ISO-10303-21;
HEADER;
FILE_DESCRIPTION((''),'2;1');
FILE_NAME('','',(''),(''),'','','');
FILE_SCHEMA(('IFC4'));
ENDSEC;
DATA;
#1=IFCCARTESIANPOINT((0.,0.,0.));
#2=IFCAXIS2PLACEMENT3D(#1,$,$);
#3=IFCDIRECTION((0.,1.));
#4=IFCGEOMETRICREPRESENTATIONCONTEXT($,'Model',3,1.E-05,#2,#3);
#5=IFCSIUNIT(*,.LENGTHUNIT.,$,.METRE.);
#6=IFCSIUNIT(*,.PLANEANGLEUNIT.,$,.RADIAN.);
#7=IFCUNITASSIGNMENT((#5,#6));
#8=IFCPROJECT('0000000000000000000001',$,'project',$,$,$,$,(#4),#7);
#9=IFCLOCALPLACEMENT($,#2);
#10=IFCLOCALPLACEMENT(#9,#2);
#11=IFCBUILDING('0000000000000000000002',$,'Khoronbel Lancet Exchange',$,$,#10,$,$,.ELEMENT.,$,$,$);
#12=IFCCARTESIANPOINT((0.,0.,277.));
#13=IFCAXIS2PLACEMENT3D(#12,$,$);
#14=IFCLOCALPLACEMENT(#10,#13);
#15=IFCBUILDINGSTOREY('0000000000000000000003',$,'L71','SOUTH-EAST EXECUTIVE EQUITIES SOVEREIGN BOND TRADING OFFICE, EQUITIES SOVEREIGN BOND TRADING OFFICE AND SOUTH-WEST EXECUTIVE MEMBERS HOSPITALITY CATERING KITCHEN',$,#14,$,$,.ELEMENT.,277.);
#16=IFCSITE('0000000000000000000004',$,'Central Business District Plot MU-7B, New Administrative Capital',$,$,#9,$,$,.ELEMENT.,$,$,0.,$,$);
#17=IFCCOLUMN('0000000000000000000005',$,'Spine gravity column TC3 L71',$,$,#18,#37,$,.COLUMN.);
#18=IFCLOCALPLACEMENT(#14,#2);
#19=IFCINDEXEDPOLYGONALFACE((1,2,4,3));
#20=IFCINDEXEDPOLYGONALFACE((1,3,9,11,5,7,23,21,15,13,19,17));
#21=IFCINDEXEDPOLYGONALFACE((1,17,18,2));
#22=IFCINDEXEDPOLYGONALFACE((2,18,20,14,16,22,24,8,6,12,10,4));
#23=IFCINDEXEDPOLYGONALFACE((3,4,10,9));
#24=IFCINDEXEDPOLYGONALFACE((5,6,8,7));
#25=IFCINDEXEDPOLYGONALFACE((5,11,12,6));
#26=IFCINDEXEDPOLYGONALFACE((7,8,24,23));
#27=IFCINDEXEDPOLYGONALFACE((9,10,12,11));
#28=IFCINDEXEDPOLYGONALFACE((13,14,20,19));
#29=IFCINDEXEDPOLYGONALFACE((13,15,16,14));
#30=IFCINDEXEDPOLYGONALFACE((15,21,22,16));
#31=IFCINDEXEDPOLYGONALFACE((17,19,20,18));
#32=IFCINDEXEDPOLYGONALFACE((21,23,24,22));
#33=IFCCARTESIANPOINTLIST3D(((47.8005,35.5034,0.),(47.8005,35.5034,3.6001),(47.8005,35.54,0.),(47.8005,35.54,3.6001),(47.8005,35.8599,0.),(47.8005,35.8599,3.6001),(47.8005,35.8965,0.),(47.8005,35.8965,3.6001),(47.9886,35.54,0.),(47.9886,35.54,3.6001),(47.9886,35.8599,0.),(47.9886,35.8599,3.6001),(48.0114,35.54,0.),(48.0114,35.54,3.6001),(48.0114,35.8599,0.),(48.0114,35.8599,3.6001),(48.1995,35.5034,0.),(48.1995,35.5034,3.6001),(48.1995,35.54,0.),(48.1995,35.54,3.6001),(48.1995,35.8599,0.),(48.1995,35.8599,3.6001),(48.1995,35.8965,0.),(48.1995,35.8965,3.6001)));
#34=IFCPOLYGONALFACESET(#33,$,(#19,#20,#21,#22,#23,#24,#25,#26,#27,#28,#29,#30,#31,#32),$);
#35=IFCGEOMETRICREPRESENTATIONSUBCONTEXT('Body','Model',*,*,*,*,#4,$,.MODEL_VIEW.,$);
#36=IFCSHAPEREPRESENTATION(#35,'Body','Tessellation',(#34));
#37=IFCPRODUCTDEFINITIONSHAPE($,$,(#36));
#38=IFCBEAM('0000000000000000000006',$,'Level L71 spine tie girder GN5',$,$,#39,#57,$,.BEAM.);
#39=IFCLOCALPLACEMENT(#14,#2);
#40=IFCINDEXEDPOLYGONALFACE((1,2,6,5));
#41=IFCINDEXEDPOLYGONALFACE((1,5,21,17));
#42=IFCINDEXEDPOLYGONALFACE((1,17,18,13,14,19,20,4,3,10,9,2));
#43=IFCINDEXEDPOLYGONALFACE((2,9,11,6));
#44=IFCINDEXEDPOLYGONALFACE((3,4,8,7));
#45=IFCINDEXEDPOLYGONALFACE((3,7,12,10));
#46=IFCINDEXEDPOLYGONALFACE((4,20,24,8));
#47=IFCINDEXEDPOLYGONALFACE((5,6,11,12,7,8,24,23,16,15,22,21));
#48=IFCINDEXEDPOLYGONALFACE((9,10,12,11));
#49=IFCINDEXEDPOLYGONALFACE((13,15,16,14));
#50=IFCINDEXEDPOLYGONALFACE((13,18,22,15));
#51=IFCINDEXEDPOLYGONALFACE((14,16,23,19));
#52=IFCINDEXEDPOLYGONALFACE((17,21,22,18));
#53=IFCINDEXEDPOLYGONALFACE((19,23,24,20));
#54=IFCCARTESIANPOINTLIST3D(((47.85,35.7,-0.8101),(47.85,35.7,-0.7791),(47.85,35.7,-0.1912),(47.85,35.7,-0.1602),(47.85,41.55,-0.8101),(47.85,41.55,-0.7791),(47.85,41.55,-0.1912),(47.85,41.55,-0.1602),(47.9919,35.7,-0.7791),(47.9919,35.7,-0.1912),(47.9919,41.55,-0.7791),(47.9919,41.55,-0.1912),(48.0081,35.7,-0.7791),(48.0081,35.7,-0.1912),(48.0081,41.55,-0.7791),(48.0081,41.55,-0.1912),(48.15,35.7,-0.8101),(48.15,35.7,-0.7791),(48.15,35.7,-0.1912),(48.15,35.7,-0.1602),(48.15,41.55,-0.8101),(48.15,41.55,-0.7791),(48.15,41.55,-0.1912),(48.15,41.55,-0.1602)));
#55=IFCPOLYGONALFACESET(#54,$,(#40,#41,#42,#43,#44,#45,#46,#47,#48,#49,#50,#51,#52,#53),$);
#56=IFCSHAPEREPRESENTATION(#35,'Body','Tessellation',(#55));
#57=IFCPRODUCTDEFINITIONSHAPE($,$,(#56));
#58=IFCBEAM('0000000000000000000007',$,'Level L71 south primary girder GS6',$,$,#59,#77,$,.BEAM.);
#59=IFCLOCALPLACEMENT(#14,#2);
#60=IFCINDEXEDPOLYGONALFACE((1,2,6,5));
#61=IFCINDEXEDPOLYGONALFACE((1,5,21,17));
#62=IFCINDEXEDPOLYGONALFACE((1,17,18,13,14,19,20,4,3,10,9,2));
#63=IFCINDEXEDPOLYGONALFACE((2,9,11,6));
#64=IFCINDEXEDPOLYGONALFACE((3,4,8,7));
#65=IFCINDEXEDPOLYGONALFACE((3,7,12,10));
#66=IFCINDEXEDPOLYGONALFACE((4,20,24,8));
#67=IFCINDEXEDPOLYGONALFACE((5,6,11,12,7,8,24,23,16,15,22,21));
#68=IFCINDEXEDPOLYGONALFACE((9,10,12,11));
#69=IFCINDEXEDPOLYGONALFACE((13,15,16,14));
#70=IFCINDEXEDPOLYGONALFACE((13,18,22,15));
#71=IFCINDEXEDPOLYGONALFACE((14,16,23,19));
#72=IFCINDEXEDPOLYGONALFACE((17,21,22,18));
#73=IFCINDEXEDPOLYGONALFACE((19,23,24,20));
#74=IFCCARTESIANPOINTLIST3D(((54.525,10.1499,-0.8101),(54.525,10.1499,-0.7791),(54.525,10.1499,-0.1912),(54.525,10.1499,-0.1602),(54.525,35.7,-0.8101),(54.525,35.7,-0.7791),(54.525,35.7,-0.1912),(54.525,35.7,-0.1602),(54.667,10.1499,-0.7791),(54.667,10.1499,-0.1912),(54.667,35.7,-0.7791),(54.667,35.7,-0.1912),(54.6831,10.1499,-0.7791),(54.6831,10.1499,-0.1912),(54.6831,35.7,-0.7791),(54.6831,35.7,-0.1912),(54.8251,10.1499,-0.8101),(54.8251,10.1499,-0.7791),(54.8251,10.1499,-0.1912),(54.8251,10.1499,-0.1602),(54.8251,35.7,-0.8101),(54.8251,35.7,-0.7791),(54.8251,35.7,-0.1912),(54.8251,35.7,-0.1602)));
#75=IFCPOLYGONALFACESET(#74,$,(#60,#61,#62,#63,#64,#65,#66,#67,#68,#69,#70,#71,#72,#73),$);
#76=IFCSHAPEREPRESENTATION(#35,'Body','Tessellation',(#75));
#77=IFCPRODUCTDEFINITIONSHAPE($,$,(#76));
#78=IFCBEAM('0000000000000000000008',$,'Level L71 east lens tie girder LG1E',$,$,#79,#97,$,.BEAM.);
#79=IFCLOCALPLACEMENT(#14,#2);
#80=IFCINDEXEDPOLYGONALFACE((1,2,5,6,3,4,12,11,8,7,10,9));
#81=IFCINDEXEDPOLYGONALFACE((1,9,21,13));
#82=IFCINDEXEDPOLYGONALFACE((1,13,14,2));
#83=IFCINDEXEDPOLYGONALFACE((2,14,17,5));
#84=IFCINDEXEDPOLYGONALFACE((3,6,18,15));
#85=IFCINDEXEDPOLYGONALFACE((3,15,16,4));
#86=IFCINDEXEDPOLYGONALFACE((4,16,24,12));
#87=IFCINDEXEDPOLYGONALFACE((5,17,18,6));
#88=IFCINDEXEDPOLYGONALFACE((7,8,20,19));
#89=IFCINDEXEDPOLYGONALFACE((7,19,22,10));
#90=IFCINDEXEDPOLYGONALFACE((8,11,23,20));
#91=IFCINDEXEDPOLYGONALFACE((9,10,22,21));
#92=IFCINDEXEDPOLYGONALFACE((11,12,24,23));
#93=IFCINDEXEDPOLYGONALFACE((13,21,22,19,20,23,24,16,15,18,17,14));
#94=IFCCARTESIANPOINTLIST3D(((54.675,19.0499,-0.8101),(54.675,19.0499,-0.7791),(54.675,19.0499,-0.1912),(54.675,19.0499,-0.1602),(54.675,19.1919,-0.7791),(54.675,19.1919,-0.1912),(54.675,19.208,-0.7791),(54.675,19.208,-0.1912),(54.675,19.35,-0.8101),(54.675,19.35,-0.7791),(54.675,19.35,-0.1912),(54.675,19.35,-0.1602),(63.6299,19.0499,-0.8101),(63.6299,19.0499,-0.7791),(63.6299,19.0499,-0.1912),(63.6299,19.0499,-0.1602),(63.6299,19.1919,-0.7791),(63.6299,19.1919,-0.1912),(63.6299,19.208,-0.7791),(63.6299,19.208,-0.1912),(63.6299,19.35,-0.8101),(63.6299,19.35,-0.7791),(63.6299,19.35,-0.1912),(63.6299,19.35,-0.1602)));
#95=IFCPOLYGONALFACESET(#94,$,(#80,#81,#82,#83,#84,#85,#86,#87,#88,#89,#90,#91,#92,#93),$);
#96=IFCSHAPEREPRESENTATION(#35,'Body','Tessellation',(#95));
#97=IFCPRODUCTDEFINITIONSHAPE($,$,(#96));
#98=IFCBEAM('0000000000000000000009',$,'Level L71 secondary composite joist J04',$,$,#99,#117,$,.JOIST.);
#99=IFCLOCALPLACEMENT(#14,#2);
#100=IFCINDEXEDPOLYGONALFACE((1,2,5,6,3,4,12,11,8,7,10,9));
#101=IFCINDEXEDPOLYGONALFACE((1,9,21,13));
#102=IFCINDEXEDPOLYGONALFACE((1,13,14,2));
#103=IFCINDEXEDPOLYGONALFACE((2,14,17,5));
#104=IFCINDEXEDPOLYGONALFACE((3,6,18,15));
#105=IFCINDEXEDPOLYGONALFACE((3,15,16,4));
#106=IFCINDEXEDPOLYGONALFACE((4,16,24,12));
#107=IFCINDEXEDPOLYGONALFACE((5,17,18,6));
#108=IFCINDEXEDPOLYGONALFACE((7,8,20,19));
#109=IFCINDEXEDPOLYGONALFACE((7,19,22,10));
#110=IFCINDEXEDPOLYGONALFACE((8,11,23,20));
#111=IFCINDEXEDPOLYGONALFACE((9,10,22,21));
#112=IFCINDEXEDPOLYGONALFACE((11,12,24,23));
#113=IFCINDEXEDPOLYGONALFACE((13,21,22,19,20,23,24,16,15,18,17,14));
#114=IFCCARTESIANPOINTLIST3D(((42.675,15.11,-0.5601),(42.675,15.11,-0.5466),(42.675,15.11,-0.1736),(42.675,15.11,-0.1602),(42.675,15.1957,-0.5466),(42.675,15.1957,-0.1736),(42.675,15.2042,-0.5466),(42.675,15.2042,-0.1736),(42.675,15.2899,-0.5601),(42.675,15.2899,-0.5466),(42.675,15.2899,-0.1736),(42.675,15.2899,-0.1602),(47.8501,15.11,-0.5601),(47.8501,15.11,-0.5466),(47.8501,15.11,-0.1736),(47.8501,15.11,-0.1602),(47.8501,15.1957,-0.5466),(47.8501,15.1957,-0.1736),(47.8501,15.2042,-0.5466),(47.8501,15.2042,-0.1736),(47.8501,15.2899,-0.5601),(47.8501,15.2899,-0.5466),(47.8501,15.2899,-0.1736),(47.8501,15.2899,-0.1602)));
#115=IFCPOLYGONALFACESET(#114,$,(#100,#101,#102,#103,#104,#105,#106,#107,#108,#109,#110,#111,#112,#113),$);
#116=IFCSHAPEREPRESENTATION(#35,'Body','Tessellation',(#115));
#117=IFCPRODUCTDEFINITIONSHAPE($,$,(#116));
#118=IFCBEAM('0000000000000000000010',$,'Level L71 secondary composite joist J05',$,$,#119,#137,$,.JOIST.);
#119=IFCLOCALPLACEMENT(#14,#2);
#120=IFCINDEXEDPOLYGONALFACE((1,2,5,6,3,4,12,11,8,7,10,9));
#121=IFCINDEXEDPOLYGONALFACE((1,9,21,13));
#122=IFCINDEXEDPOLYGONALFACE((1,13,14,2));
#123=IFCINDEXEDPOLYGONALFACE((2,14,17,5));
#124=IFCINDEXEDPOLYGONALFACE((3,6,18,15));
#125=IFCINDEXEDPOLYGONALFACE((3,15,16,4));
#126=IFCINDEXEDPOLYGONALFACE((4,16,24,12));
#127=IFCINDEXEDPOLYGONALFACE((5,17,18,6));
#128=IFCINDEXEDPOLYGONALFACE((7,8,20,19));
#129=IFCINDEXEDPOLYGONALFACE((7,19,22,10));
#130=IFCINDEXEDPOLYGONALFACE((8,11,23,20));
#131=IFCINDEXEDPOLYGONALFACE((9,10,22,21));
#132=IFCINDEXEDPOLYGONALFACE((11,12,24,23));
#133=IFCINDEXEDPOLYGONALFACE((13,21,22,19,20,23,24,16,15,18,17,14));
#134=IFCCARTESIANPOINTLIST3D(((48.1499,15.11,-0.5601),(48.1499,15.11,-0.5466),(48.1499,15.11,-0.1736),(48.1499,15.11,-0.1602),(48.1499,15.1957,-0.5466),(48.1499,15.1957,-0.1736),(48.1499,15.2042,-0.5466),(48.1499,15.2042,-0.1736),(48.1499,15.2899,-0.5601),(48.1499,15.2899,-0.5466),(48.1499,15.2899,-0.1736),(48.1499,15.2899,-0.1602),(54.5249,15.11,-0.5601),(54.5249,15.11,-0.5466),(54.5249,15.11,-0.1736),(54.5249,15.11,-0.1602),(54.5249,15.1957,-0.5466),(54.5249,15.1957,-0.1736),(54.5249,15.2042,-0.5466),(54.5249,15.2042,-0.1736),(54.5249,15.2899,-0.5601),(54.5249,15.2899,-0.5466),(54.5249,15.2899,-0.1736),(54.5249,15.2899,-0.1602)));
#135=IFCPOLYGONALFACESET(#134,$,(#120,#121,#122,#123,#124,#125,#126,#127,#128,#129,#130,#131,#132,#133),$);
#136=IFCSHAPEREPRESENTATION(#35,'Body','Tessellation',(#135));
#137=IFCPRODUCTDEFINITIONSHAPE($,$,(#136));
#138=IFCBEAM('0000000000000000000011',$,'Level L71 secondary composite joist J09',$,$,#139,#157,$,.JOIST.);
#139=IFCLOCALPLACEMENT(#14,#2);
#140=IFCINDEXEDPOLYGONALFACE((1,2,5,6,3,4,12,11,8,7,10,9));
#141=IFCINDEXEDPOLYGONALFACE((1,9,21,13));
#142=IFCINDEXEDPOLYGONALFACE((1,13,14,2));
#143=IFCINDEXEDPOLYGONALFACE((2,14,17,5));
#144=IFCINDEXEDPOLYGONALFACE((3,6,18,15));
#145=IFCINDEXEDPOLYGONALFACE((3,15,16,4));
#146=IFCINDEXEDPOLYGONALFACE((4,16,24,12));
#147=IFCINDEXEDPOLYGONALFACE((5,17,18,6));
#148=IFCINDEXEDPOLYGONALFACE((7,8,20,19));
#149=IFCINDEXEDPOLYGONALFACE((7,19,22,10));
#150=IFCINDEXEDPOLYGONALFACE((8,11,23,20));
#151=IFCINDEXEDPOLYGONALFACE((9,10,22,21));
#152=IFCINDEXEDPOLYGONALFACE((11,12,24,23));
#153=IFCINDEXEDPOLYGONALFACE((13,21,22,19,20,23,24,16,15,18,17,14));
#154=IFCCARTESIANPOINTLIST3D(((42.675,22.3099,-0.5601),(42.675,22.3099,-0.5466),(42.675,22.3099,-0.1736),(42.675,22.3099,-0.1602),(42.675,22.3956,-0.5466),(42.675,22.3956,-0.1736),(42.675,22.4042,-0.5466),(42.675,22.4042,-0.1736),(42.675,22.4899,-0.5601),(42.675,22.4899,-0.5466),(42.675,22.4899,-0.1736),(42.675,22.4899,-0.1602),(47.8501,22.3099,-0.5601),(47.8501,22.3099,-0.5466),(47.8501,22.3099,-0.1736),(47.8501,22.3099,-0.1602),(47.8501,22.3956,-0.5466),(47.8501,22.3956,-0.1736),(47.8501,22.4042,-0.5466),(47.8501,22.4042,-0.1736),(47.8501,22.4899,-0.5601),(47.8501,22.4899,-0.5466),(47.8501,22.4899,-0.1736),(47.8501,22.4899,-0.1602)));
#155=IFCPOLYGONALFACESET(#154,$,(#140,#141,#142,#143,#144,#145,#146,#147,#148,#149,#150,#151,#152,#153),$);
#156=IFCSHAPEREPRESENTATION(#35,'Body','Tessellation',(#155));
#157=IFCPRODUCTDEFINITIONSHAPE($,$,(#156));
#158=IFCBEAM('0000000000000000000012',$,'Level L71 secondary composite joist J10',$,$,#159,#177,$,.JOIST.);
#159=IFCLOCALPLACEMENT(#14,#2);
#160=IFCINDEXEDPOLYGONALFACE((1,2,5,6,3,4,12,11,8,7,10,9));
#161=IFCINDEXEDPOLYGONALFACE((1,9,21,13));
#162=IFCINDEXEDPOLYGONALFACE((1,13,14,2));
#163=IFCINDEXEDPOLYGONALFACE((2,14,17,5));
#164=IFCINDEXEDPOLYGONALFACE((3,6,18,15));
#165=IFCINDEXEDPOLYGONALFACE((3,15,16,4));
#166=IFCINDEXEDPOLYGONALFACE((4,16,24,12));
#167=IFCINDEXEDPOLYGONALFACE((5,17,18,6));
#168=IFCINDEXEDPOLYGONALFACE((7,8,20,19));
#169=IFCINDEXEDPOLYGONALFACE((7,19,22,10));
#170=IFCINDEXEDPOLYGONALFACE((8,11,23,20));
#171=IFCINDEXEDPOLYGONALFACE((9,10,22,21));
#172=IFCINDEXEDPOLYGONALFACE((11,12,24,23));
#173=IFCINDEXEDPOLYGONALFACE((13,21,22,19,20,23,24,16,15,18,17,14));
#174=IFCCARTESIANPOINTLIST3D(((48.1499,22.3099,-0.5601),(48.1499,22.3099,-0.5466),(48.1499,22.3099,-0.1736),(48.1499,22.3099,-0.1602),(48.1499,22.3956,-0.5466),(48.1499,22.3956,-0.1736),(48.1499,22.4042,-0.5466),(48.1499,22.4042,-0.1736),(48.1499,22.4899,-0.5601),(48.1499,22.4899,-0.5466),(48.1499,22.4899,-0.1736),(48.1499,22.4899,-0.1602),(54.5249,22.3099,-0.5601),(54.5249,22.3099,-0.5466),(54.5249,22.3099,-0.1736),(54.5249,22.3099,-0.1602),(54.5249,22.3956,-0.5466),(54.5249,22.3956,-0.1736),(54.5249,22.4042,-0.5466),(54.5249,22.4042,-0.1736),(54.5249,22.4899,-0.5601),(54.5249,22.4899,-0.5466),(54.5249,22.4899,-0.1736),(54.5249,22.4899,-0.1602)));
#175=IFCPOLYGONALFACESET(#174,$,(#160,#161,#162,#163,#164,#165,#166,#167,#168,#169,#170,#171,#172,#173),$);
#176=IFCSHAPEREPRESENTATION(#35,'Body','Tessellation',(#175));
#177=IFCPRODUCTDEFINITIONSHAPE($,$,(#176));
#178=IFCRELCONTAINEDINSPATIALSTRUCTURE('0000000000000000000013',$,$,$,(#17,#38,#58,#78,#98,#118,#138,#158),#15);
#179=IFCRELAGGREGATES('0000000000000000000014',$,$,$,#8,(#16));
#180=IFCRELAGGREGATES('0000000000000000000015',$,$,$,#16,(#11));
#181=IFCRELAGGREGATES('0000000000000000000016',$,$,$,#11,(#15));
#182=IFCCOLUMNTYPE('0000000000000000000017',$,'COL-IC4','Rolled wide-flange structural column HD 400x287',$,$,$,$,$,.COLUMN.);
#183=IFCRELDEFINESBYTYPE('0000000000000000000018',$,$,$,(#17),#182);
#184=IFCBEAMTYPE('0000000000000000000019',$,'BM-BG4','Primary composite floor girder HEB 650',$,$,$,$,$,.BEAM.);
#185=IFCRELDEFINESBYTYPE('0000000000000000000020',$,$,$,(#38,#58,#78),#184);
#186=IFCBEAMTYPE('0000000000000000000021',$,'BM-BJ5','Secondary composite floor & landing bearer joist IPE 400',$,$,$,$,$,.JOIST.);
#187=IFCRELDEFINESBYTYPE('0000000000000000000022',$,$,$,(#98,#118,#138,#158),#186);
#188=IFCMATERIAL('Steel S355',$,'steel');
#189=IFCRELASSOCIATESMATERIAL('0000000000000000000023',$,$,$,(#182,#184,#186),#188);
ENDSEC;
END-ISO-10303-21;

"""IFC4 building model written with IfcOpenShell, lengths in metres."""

from ifc_helpers import new_model, si_unit, direction, frame, origin, origin_2d, place, context, subcontext, project, spatial, i_section, extrude, material, material_profile, profile_set, type_object, element, save


model = new_model("IFC4")

# Units and contexts
model_context = context("Model", 3, precision=1e-05, world=origin(), true_north=direction((0.0, 1.0)))
body_context = subcontext(model_context, "Body", "Model", "MODEL_VIEW")
ifc_project = project(units=[si_unit("LENGTHUNIT", "METRE"), si_unit("PLANEANGLEUNIT", "RADIAN")], contexts=[model_context])

# Site, building, storey
site_placement = place(None, origin())
site = spatial("IfcSite", under=ifc_project, at=site_placement, Name="Central Business District Plot MU-7B, New Administrative Capital", CompositionType="ELEMENT", RefElevation=0.0)
building_placement = place(site_placement, origin())
building = spatial("IfcBuilding", under=site, at=building_placement, Name="Khoronbel Lancet Exchange", CompositionType="ELEMENT")
storey_placement = place(building_placement, frame((0.0, 0.0, 277.0)))
storey = spatial("IfcBuildingStorey", under=building, at=storey_placement, Name="L71", Description="SOUTH-EAST EXECUTIVE EQUITIES SOVEREIGN BOND TRADING OFFICE, EQUITIES SOVEREIGN BOND TRADING OFFICE AND SOUTH-WEST EXECUTIVE MEMBERS HOSPITALITY CATERING KITCHEN", CompositionType="ELEMENT", Elevation=277.0)

# Column
ifc_material_1 = material(Name="Steel S355", Category="steel")
ifc_material_profile_1 = material_profile(ifc_material_1, i_section(OverallWidth=0.3989, OverallDepth=0.3931, WebThickness=0.0227, FlangeThickness=0.0366, at=origin_2d()), Name="HD 400x287")
ifc_profile_set_1 = profile_set([ifc_material_profile_1], Name="Steel S355")
column_type = type_object("IfcColumnType", Name="COL-IC4", Description="Rolled wide-flange structural column HD 400x287", PredefinedType="COLUMN", material=ifc_profile_set_1)
column_placement = place(storey_placement, frame((48.0, 35.7, 0.0), z_axis=(0.0, 0.0, 1.0), x_axis=(1.0, 0.0, 0.0)))
element("IfcColumn", 1, at=column_placement, inside=storey, type_object=column_type, Name="Spine gravity column TC3 L71", PredefinedType="COLUMN", context=body_context, shape_type="SweptSolid", body=[
    extrude(i_section(OverallWidth=0.3989, OverallDepth=0.3931, WebThickness=0.0227, FlangeThickness=0.0366, at=origin_2d()), origin(), (0.0, 0.0, 1.0), 3.6001),
])

# Beams
ifc_material_profile_2 = material_profile(ifc_material_1, i_section(OverallWidth=0.3, OverallDepth=0.6499, WebThickness=0.0161, FlangeThickness=0.031, at=origin_2d()), Name="HEB 650")
ifc_profile_set_2 = profile_set([ifc_material_profile_2], Name="Steel S355")
beam_type_1 = type_object("IfcBeamType", Name="BM-BG4", Description="Primary composite floor girder HEB 650", PredefinedType="BEAM", material=ifc_profile_set_2)
beam_1_placement = place(storey_placement, frame((48.0, 35.7, -0.4851), z_axis=(0.0, 1.0, 0.0), x_axis=(-1.0, 0.0, 0.0)))
element("IfcBeam", 2, at=beam_1_placement, inside=storey, type_object=beam_type_1, Name="Level L71 spine tie girder GN5", PredefinedType="BEAM", context=body_context, shape_type="SweptSolid", body=[
    extrude(i_section(OverallWidth=0.3, OverallDepth=0.6499, WebThickness=0.0161, FlangeThickness=0.031, at=origin_2d()), origin(), (0.0, 0.0, 1.0), 5.8501),
])
beam_2_placement = place(storey_placement, frame((54.675, 10.1499, -0.4851), z_axis=(0.0, 1.0, 0.0), x_axis=(-1.0, 0.0, 0.0)))
element("IfcBeam", 3, at=beam_2_placement, inside=storey, type_object=beam_type_1, Name="Level L71 south primary girder GS6", PredefinedType="BEAM", context=body_context, shape_type="SweptSolid", body=[
    extrude(i_section(OverallWidth=0.3, OverallDepth=0.6499, WebThickness=0.0161, FlangeThickness=0.031, at=origin_2d()), origin(), (0.0, 0.0, 1.0), 25.55),
])
beam_3_placement = place(storey_placement, frame((54.675, 19.2, -0.4851), z_axis=(1.0, 0.0, 0.0), x_axis=(0.0, 1.0, 0.0)))
element("IfcBeam", 4, at=beam_3_placement, inside=storey, type_object=beam_type_1, Name="Level L71 east lens tie girder LG1E", PredefinedType="BEAM", context=body_context, shape_type="SweptSolid", body=[
    extrude(i_section(OverallWidth=0.3, OverallDepth=0.6499, WebThickness=0.0161, FlangeThickness=0.031, at=origin_2d()), origin(), (0.0, 0.0, 1.0), 8.9548),
])
ifc_material_profile_3 = material_profile(ifc_material_1, i_section(OverallWidth=0.1799, OverallDepth=0.3999, WebThickness=0.0085, FlangeThickness=0.0134, at=origin_2d()), Name="IPE 400")
ifc_profile_set_3 = profile_set([ifc_material_profile_3], Name="Steel S355")
beam_type_2 = type_object("IfcBeamType", Name="BM-BJ5", Description="Secondary composite floor & landing bearer joist IPE 400", PredefinedType="JOIST", material=ifc_profile_set_3)
beam_4_placement = place(storey_placement, frame((42.675, 15.2, -0.3601), z_axis=(1.0, 0.0, 0.0), x_axis=(0.0, 1.0, 0.0)))
element("IfcBeam", 5, at=beam_4_placement, inside=storey, type_object=beam_type_2, Name="Level L71 secondary composite joist J04", PredefinedType="JOIST", context=body_context, shape_type="SweptSolid", body=[
    extrude(i_section(OverallWidth=0.1799, OverallDepth=0.3999, WebThickness=0.0085, FlangeThickness=0.0134, at=origin_2d()), origin(), (0.0, 0.0, 1.0), 5.175),
])
beam_5_placement = place(storey_placement, frame((48.1499, 15.2, -0.3601), z_axis=(1.0, 0.0, 0.0), x_axis=(0.0, 1.0, 0.0)))
element("IfcBeam", 6, at=beam_5_placement, inside=storey, type_object=beam_type_2, Name="Level L71 secondary composite joist J05", PredefinedType="JOIST", context=body_context, shape_type="SweptSolid", body=[
    extrude(i_section(OverallWidth=0.1799, OverallDepth=0.3999, WebThickness=0.0085, FlangeThickness=0.0134, at=origin_2d()), origin(), (0.0, 0.0, 1.0), 6.375),
])
beam_6_placement = place(storey_placement, frame((42.675, 22.3999, -0.3601), z_axis=(1.0, 0.0, 0.0), x_axis=(0.0, 1.0, 0.0)))
element("IfcBeam", 7, at=beam_6_placement, inside=storey, type_object=beam_type_2, Name="Level L71 secondary composite joist J09", PredefinedType="JOIST", context=body_context, shape_type="SweptSolid", body=[
    extrude(i_section(OverallWidth=0.1799, OverallDepth=0.3999, WebThickness=0.0085, FlangeThickness=0.0134, at=origin_2d()), origin(), (0.0, 0.0, 1.0), 5.175),
])
beam_7_placement = place(storey_placement, frame((48.1499, 22.3999, -0.3601), z_axis=(1.0, 0.0, 0.0), x_axis=(0.0, 1.0, 0.0)))
element("IfcBeam", 8, at=beam_7_placement, inside=storey, type_object=beam_type_2, Name="Level L71 secondary composite joist J10", PredefinedType="JOIST", context=body_context, shape_type="SweptSolid", body=[
    extrude(i_section(OverallWidth=0.1799, OverallDepth=0.3999, WebThickness=0.0085, FlangeThickness=0.0134, at=origin_2d()), origin(), (0.0, 0.0, 1.0), 6.375),
])

save(model, "model.ifc")
